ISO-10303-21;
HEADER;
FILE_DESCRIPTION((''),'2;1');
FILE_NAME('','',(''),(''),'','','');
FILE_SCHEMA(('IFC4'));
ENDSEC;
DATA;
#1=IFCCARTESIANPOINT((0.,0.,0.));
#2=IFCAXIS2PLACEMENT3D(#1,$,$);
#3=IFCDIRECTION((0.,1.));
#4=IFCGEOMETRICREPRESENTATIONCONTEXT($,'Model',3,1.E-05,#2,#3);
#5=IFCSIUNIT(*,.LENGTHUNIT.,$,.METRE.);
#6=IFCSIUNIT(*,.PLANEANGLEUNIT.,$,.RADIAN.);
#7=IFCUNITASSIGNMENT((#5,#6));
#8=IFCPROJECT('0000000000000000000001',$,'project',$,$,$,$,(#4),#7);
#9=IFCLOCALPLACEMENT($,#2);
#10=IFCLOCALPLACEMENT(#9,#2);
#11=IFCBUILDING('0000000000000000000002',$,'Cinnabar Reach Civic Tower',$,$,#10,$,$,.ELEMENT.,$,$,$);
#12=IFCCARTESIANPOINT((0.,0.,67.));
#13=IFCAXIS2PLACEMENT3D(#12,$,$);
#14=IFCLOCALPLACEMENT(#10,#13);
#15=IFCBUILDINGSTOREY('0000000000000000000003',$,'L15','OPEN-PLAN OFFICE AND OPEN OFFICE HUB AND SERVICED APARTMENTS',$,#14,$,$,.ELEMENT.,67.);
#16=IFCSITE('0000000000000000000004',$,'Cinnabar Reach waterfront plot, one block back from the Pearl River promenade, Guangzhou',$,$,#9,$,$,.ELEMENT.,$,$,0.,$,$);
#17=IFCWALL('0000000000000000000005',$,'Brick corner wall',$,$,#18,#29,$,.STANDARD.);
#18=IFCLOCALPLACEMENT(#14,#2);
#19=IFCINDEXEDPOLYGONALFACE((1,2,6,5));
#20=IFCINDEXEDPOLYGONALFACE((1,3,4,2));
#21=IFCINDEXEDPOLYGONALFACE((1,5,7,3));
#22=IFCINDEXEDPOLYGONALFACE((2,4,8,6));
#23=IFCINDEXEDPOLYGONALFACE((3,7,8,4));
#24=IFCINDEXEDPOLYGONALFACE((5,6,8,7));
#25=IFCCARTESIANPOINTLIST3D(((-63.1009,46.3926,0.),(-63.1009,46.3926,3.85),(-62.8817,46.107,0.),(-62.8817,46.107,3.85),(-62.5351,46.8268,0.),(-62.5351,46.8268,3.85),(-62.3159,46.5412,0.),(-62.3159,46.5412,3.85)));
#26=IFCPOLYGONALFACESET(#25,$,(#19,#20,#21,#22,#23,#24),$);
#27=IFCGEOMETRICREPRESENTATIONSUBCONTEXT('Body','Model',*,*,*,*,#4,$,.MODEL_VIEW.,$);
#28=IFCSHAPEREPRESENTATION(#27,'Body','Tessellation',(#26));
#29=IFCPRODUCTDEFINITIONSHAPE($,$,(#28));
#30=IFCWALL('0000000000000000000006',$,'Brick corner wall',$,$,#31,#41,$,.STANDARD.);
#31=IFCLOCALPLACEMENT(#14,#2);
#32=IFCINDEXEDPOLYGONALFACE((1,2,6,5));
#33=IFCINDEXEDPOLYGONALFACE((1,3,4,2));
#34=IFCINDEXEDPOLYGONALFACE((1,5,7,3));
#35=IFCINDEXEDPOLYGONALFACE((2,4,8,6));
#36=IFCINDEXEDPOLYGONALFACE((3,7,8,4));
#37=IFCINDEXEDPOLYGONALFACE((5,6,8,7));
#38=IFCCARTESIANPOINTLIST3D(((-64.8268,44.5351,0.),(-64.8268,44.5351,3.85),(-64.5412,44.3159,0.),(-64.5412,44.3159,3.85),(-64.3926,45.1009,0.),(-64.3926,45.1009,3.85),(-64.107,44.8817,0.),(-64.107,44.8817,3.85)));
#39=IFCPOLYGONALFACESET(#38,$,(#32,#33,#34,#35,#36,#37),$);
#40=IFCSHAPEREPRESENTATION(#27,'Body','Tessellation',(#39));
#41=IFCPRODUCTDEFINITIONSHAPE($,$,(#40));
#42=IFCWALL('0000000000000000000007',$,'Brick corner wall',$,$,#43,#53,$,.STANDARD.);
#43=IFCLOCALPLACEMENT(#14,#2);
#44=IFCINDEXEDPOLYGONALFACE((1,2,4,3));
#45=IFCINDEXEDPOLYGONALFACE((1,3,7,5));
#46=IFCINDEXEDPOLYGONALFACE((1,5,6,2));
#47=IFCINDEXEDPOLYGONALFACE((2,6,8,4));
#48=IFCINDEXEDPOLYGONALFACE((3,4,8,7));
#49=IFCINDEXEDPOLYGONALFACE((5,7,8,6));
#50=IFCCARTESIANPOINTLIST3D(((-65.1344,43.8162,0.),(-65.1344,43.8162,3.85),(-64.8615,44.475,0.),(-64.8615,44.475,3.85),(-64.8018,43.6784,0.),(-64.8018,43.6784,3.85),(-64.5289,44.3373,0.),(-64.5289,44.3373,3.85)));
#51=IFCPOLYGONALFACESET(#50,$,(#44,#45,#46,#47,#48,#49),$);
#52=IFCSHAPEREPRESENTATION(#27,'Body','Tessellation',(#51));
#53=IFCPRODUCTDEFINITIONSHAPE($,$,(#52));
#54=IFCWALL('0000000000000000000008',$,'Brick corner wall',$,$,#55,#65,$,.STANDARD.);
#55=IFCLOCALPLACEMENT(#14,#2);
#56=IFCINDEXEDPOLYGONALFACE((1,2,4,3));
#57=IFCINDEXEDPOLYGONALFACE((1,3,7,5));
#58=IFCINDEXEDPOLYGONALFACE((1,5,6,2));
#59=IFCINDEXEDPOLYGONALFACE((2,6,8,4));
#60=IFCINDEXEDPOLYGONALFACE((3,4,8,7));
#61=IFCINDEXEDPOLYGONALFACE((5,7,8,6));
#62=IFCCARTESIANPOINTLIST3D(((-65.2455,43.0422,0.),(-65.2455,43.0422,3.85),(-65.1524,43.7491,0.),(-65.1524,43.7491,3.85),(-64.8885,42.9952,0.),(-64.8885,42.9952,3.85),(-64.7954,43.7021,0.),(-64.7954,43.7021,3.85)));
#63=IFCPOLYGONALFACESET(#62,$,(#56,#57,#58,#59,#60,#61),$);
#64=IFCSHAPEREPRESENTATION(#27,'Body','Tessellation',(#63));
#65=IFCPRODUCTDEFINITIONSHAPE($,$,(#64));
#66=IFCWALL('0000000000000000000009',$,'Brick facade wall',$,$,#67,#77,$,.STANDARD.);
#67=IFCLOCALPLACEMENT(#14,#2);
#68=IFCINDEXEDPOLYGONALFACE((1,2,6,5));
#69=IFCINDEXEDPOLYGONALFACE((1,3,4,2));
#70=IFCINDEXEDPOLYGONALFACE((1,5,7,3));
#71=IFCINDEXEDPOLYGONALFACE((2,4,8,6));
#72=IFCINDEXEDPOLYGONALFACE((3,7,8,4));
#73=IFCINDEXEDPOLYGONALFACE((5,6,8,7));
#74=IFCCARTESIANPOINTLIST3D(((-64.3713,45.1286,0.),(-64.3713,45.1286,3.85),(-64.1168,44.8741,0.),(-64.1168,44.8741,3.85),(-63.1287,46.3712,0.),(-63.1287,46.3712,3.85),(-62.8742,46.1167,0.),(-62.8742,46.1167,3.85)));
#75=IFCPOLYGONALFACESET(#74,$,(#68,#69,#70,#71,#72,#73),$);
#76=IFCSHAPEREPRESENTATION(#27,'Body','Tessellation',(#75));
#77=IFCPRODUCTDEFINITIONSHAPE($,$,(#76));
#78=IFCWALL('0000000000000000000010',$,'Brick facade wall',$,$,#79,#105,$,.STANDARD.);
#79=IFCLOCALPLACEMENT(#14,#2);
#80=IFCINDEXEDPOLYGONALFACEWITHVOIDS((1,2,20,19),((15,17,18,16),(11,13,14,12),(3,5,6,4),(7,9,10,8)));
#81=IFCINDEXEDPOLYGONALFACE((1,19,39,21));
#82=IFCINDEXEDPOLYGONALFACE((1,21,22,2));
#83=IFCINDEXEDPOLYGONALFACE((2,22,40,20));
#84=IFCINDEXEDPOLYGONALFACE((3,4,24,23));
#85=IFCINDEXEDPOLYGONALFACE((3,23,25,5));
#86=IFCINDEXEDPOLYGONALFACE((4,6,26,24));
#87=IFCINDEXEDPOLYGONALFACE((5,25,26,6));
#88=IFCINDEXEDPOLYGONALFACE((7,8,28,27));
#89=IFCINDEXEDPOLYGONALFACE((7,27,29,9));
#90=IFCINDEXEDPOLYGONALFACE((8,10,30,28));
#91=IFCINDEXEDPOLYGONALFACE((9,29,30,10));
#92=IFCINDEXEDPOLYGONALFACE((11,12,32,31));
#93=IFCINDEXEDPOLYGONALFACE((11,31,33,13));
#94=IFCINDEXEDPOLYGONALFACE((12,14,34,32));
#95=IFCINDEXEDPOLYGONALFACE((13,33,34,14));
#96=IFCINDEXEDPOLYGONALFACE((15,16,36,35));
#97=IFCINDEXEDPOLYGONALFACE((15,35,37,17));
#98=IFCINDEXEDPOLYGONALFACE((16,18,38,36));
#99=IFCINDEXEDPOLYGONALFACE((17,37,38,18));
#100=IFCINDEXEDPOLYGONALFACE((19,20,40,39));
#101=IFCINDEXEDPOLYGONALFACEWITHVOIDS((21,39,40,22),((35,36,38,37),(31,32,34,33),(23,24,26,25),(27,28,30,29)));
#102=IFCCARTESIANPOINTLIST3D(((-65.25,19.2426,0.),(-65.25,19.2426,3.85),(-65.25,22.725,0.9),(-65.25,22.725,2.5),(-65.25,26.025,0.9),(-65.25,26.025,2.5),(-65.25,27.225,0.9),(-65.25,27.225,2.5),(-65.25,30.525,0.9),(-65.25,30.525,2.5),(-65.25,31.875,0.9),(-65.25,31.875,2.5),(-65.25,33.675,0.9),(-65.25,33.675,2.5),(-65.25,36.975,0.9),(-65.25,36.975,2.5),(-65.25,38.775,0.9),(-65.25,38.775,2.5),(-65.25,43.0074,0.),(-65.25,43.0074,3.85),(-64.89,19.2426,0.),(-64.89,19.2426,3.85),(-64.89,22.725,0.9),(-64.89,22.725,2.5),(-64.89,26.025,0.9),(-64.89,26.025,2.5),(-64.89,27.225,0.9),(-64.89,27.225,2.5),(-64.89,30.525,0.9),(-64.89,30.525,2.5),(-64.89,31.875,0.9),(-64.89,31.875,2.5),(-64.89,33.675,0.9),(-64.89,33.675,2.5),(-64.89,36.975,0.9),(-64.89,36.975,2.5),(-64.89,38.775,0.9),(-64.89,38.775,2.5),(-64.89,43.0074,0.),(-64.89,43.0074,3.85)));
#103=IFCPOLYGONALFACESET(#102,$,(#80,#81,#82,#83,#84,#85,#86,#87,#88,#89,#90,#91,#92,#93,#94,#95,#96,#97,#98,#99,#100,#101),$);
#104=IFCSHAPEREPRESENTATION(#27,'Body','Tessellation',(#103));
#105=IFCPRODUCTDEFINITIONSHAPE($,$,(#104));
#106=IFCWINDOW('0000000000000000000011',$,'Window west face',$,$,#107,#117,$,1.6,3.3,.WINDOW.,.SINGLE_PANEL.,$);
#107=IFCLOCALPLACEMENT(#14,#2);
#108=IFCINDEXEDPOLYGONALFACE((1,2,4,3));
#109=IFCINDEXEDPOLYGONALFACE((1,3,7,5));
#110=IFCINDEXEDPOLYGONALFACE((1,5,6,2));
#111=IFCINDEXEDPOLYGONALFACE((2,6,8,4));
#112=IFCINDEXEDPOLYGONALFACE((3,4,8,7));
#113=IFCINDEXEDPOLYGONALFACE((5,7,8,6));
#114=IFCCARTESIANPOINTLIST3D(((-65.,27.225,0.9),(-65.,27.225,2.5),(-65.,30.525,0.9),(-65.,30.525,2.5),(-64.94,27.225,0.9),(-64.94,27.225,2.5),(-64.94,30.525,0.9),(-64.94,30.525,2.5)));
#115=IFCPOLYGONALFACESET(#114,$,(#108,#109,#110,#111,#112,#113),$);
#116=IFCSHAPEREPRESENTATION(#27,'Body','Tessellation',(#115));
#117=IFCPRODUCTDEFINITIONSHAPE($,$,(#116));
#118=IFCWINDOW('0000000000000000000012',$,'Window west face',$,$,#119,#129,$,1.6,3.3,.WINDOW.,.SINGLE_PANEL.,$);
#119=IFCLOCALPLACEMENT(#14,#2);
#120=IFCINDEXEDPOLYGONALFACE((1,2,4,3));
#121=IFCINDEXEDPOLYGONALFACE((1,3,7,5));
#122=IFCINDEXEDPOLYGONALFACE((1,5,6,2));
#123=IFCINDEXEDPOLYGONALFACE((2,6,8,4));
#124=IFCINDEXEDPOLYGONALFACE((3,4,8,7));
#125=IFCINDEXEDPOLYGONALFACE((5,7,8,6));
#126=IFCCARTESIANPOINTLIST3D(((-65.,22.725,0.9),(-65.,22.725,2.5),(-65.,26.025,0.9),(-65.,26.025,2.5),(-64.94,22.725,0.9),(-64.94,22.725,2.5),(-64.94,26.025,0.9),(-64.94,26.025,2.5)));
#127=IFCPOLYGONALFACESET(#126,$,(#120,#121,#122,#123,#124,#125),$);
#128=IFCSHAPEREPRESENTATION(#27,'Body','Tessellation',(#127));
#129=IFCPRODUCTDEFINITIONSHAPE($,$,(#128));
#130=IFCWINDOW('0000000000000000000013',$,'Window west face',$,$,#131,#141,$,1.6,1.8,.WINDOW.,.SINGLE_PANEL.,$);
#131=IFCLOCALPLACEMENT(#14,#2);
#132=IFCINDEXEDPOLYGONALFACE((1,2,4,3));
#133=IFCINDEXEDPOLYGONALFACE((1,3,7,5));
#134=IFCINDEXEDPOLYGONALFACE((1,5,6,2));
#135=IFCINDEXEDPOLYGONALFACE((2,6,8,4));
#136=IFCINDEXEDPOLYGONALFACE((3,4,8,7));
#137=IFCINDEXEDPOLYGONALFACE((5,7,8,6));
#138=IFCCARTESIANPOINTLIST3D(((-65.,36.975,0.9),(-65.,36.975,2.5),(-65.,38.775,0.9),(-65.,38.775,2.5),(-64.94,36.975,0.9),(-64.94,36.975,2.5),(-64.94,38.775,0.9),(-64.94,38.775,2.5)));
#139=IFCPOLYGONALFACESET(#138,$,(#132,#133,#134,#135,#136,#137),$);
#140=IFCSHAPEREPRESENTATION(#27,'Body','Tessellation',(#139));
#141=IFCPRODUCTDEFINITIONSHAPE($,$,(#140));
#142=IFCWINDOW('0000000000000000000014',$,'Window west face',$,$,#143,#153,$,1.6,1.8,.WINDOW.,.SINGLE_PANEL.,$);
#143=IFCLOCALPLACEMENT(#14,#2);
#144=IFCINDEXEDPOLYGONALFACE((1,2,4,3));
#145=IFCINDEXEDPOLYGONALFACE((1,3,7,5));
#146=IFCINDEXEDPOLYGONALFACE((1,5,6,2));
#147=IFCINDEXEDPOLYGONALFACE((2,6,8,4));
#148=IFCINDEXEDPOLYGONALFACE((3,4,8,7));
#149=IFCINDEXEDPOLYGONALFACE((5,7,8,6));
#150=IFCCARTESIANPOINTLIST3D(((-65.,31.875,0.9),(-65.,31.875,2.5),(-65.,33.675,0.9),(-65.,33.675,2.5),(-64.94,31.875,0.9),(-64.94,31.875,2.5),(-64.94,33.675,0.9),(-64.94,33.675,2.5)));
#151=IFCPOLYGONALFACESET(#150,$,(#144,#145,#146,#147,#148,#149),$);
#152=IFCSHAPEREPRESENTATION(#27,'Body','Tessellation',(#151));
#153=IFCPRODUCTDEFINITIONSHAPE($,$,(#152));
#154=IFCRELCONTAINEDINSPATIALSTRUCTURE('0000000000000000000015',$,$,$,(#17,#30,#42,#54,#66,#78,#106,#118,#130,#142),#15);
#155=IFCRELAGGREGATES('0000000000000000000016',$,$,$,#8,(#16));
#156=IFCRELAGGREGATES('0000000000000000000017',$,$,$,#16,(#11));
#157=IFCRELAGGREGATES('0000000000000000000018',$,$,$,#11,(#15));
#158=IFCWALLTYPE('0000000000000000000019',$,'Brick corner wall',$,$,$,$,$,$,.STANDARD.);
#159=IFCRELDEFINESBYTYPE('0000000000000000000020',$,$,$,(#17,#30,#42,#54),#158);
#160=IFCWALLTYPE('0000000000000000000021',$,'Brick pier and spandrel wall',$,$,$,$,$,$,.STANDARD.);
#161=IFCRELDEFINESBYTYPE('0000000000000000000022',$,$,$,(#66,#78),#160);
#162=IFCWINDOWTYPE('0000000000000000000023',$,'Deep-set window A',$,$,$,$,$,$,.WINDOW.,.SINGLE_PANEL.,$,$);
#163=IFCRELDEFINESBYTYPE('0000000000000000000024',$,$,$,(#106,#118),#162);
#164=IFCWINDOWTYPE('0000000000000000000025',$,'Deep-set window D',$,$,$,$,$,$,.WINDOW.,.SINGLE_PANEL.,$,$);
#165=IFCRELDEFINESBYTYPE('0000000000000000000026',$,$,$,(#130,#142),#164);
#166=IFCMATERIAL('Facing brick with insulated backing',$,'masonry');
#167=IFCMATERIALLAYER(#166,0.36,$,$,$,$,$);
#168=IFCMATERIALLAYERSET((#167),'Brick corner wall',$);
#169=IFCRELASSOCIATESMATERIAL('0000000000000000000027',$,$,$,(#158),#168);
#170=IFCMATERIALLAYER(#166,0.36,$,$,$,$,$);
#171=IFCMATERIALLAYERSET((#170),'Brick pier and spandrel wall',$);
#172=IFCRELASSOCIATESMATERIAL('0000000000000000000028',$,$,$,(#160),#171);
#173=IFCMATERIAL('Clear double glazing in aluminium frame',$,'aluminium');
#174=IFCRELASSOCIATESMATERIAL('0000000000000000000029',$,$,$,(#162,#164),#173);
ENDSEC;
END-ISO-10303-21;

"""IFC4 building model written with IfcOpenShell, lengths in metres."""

from ifc_helpers import new_model, si_unit, direction, frame, frame_2d, origin, place, context, subcontext, project, spatial, rectangle, extrude, material, layer, layer_set, type_object, element, fill, save


model = new_model("IFC4")

# Units and contexts
model_context = context("Model", 3, precision=1e-05, world=origin(), true_north=direction((0.0, 1.0)))
body_context = subcontext(model_context, "Body", "Model", "MODEL_VIEW")
ifc_project = project(units=[si_unit("LENGTHUNIT", "METRE"), si_unit("PLANEANGLEUNIT", "RADIAN")], contexts=[model_context])

# Site, building, storey
site_placement = place(None, origin())
site = spatial("IfcSite", under=ifc_project, at=site_placement, Name="Cinnabar Reach waterfront plot, one block back from the Pearl River promenade, Guangzhou", CompositionType="ELEMENT", RefElevation=0.0)
building_placement = place(site_placement, origin())
building = spatial("IfcBuilding", under=site, at=building_placement, Name="Cinnabar Reach Civic Tower", CompositionType="ELEMENT")
storey_placement = place(building_placement, frame((0.0, 0.0, 67.0)))
storey = spatial("IfcBuildingStorey", under=building, at=storey_placement, Name="L15", Description="OPEN-PLAN OFFICE AND OPEN OFFICE HUB AND SERVICED APARTMENTS", CompositionType="ELEMENT", Elevation=67.0)

# Walls
ifc_material_1 = material(Name="Facing brick with insulated backing", Category="masonry")
ifc_layer_1 = layer(ifc_material_1, 0.36)
ifc_layer_set_1 = layer_set([ifc_layer_1], Name="Brick corner wall")
wall_type_1 = type_object("IfcWallType", Name="Brick corner wall", PredefinedType="STANDARD", material=ifc_layer_set_1)
for number, where, z_axis, x_axis, name in (
    (1, (-62.4255, 46.684, 0.0), (0.0, 0.0, 1.0), (-0.793322, -0.608802, 0.0), "Brick corner wall"),
    (2, (-64.2498, 44.9913, 0.0), (0.0, 0.0, 1.0), (-0.608802, -0.793322, 0.0), "Brick corner wall"),
):
    element("IfcWall", number, at=place(storey_placement, frame(where, z_axis=z_axis, x_axis=x_axis)), inside=storey, type_object=wall_type_1, Name=name, PredefinedType="STANDARD", context=body_context, shape_type="SweptSolid", body=[
        extrude(rectangle(XDim=0.7132, YDim=0.36, at=frame_2d((0.3566, 0.0))), origin(), (0.0, 0.0, 1.0), 3.85),
    ])
for number, where, z_axis, x_axis, name in (
    (3, (-64.6952, 44.4061, 0.0), (0.0, 0.0, 1.0), (-0.382703, -0.923872, 0.0), "Brick corner wall"),
    (4, (-64.9739, 43.7256, 0.0), (0.0, 0.0, 1.0), (-0.130556, -0.991441, 0.0), "Brick corner wall"),
):
    element("IfcWall", number, at=place(storey_placement, frame(where, z_axis=z_axis, x_axis=x_axis)), inside=storey, type_object=wall_type_1, Name=name, PredefinedType="STANDARD", context=body_context, shape_type="SweptSolid", body=[
        extrude(rectangle(XDim=0.7131, YDim=0.36, at=frame_2d((0.3565, 0.0))), origin(), (0.0, 0.0, 1.0), 3.85),
    ])
ifc_layer_2 = layer(ifc_material_1, 0.36)
ifc_layer_set_2 = layer_set([ifc_layer_2], Name="Brick pier and spandrel wall")
wall_type_2 = type_object("IfcWallType", Name="Brick pier and spandrel wall", PredefinedType="STANDARD", material=ifc_layer_set_2)
wall_1_placement = place(storey_placement, frame((-63.0014, 46.244, 0.0), z_axis=(0.0, 0.0, 1.0), x_axis=(-0.707107, -0.707107, 0.0)))
element("IfcWall", 5, at=wall_1_placement, inside=storey, type_object=wall_type_2, Name="Brick facade wall", PredefinedType="STANDARD", context=body_context, shape_type="SweptSolid", body=[
    extrude(rectangle(XDim=1.7573, YDim=0.36, at=frame_2d((0.8787, 0.0))), origin(), (0.0, 0.0, 1.0), 3.85),
])

# Wall, openings, windows
wall_2_placement = place(storey_placement, frame((-65.07, 43.0074, 0.0), z_axis=(0.0, 0.0, 1.0), x_axis=(0.0, -1.0, 0.0)))
wall_2 = element("IfcWall", 6, at=wall_2_placement, inside=storey, type_object=wall_type_2, Name="Brick facade wall", PredefinedType="STANDARD", context=body_context, shape_type="SweptSolid", body=[
    extrude(rectangle(XDim=23.7648, YDim=0.36, at=frame_2d((11.8824, 0.0))), origin(), (0.0, 0.0, 1.0), 3.85),
])
opening_1_placement = place(wall_2_placement, frame((4.2324, 0.0, 0.9)))
opening_1 = element("IfcOpeningElement", 7, at=opening_1_placement, cuts=wall_2, PredefinedType="OPENING", context=body_context, shape_type="SweptSolid", body=[
    extrude(rectangle(XDim=1.8, YDim=1.6, at=frame_2d((0.9, 0.8))), frame((0.0, 0.19, 0.0), z_axis=(0.0, -1.0, 0.0), x_axis=(1.0, 0.0, 0.0)), (0.0, 0.0, 1.0), 0.38),
])
opening_2_placement = place(wall_2_placement, frame((9.3324, 0.0, 0.9)))
opening_2 = element("IfcOpeningElement", 8, at=opening_2_placement, cuts=wall_2, PredefinedType="OPENING", context=body_context, shape_type="SweptSolid", body=[
    extrude(rectangle(XDim=1.8, YDim=1.6, at=frame_2d((0.9, 0.8))), frame((0.0, 0.19, 0.0), z_axis=(0.0, -1.0, 0.0), x_axis=(1.0, 0.0, 0.0)), (0.0, 0.0, 1.0), 0.38),
])
opening_3_placement = place(wall_2_placement, frame((12.4824, 0.0, 0.9)))
opening_3 = element("IfcOpeningElement", 9, at=opening_3_placement, cuts=wall_2, PredefinedType="OPENING", context=body_context, shape_type="SweptSolid", body=[
    extrude(rectangle(XDim=3.3, YDim=1.6, at=frame_2d((1.65, 0.8))), frame((0.0, 0.19, 0.0), z_axis=(0.0, -1.0, 0.0), x_axis=(1.0, 0.0, 0.0)), (0.0, 0.0, 1.0), 0.38),
])
opening_4_placement = place(wall_2_placement, frame((16.9824, 0.0, 0.9)))
opening_4 = element("IfcOpeningElement", 10, at=opening_4_placement, cuts=wall_2, PredefinedType="OPENING", context=body_context, shape_type="SweptSolid", body=[
    extrude(rectangle(XDim=3.3, YDim=1.6, at=frame_2d((1.65, 0.8))), frame((0.0, 0.19, 0.0), z_axis=(0.0, -1.0, 0.0), x_axis=(1.0, 0.0, 0.0)), (0.0, 0.0, 1.0), 0.38),
])
ifc_material_2 = material(Name="Clear double glazing in aluminium frame", Category="aluminium")
window_type_1 = type_object("IfcWindowType", Name="Deep-set window A", PartitioningType="SINGLE_PANEL", PredefinedType="WINDOW", material=ifc_material_2)
window_1_placement = place(opening_3_placement, origin())
window_1 = element("IfcWindow", 11, at=window_1_placement, inside=storey, type_object=window_type_1, Name="Window west face", OverallHeight=1.6, OverallWidth=3.3, PartitioningType="SINGLE_PANEL", PredefinedType="WINDOW", context=body_context, shape_type="SweptSolid", body=[
    extrude(rectangle(XDim=3.3, YDim=1.6, at=frame_2d((1.65, 0.8))), frame((0.0, 0.13, 0.0), z_axis=(0.0, -1.0, 0.0), x_axis=(1.0, 0.0, 0.0)), (0.0, 0.0, 1.0), 0.06),
])
fill(opening_3, window_1)
window_2_placement = place(opening_4_placement, origin())
window_2 = element("IfcWindow", 12, at=window_2_placement, inside=storey, type_object=window_type_1, Name="Window west face", OverallHeight=1.6, OverallWidth=3.3, PartitioningType="SINGLE_PANEL", PredefinedType="WINDOW", context=body_context, shape_type="SweptSolid", body=[
    extrude(rectangle(XDim=3.3, YDim=1.6, at=frame_2d((1.65, 0.8))), frame((0.0, 0.13, 0.0), z_axis=(0.0, -1.0, 0.0), x_axis=(1.0, 0.0, 0.0)), (0.0, 0.0, 1.0), 0.06),
])
fill(opening_4, window_2)
window_type_2 = type_object("IfcWindowType", Name="Deep-set window D", PartitioningType="SINGLE_PANEL", PredefinedType="WINDOW", material=ifc_material_2)
window_3_placement = place(opening_1_placement, origin())
window_3 = element("IfcWindow", 13, at=window_3_placement, inside=storey, type_object=window_type_2, Name="Window west face", OverallHeight=1.6, OverallWidth=1.8, PartitioningType="SINGLE_PANEL", PredefinedType="WINDOW", context=body_context, shape_type="SweptSolid", body=[
    extrude(rectangle(XDim=1.8, YDim=1.6, at=frame_2d((0.9, 0.8))), frame((0.0, 0.13, 0.0), z_axis=(0.0, -1.0, 0.0), x_axis=(1.0, 0.0, 0.0)), (0.0, 0.0, 1.0), 0.06),
])
fill(opening_1, window_3)
window_4_placement = place(opening_2_placement, origin())
window_4 = element("IfcWindow", 14, at=window_4_placement, inside=storey, type_object=window_type_2, Name="Window west face", OverallHeight=1.6, OverallWidth=1.8, PartitioningType="SINGLE_PANEL", PredefinedType="WINDOW", context=body_context, shape_type="SweptSolid", body=[
    extrude(rectangle(XDim=1.8, YDim=1.6, at=frame_2d((0.9, 0.8))), frame((0.0, 0.13, 0.0), z_axis=(0.0, -1.0, 0.0), x_axis=(1.0, 0.0, 0.0)), (0.0, 0.0, 1.0), 0.06),
])
fill(opening_2, window_4)

save(model, "model.ifc")
